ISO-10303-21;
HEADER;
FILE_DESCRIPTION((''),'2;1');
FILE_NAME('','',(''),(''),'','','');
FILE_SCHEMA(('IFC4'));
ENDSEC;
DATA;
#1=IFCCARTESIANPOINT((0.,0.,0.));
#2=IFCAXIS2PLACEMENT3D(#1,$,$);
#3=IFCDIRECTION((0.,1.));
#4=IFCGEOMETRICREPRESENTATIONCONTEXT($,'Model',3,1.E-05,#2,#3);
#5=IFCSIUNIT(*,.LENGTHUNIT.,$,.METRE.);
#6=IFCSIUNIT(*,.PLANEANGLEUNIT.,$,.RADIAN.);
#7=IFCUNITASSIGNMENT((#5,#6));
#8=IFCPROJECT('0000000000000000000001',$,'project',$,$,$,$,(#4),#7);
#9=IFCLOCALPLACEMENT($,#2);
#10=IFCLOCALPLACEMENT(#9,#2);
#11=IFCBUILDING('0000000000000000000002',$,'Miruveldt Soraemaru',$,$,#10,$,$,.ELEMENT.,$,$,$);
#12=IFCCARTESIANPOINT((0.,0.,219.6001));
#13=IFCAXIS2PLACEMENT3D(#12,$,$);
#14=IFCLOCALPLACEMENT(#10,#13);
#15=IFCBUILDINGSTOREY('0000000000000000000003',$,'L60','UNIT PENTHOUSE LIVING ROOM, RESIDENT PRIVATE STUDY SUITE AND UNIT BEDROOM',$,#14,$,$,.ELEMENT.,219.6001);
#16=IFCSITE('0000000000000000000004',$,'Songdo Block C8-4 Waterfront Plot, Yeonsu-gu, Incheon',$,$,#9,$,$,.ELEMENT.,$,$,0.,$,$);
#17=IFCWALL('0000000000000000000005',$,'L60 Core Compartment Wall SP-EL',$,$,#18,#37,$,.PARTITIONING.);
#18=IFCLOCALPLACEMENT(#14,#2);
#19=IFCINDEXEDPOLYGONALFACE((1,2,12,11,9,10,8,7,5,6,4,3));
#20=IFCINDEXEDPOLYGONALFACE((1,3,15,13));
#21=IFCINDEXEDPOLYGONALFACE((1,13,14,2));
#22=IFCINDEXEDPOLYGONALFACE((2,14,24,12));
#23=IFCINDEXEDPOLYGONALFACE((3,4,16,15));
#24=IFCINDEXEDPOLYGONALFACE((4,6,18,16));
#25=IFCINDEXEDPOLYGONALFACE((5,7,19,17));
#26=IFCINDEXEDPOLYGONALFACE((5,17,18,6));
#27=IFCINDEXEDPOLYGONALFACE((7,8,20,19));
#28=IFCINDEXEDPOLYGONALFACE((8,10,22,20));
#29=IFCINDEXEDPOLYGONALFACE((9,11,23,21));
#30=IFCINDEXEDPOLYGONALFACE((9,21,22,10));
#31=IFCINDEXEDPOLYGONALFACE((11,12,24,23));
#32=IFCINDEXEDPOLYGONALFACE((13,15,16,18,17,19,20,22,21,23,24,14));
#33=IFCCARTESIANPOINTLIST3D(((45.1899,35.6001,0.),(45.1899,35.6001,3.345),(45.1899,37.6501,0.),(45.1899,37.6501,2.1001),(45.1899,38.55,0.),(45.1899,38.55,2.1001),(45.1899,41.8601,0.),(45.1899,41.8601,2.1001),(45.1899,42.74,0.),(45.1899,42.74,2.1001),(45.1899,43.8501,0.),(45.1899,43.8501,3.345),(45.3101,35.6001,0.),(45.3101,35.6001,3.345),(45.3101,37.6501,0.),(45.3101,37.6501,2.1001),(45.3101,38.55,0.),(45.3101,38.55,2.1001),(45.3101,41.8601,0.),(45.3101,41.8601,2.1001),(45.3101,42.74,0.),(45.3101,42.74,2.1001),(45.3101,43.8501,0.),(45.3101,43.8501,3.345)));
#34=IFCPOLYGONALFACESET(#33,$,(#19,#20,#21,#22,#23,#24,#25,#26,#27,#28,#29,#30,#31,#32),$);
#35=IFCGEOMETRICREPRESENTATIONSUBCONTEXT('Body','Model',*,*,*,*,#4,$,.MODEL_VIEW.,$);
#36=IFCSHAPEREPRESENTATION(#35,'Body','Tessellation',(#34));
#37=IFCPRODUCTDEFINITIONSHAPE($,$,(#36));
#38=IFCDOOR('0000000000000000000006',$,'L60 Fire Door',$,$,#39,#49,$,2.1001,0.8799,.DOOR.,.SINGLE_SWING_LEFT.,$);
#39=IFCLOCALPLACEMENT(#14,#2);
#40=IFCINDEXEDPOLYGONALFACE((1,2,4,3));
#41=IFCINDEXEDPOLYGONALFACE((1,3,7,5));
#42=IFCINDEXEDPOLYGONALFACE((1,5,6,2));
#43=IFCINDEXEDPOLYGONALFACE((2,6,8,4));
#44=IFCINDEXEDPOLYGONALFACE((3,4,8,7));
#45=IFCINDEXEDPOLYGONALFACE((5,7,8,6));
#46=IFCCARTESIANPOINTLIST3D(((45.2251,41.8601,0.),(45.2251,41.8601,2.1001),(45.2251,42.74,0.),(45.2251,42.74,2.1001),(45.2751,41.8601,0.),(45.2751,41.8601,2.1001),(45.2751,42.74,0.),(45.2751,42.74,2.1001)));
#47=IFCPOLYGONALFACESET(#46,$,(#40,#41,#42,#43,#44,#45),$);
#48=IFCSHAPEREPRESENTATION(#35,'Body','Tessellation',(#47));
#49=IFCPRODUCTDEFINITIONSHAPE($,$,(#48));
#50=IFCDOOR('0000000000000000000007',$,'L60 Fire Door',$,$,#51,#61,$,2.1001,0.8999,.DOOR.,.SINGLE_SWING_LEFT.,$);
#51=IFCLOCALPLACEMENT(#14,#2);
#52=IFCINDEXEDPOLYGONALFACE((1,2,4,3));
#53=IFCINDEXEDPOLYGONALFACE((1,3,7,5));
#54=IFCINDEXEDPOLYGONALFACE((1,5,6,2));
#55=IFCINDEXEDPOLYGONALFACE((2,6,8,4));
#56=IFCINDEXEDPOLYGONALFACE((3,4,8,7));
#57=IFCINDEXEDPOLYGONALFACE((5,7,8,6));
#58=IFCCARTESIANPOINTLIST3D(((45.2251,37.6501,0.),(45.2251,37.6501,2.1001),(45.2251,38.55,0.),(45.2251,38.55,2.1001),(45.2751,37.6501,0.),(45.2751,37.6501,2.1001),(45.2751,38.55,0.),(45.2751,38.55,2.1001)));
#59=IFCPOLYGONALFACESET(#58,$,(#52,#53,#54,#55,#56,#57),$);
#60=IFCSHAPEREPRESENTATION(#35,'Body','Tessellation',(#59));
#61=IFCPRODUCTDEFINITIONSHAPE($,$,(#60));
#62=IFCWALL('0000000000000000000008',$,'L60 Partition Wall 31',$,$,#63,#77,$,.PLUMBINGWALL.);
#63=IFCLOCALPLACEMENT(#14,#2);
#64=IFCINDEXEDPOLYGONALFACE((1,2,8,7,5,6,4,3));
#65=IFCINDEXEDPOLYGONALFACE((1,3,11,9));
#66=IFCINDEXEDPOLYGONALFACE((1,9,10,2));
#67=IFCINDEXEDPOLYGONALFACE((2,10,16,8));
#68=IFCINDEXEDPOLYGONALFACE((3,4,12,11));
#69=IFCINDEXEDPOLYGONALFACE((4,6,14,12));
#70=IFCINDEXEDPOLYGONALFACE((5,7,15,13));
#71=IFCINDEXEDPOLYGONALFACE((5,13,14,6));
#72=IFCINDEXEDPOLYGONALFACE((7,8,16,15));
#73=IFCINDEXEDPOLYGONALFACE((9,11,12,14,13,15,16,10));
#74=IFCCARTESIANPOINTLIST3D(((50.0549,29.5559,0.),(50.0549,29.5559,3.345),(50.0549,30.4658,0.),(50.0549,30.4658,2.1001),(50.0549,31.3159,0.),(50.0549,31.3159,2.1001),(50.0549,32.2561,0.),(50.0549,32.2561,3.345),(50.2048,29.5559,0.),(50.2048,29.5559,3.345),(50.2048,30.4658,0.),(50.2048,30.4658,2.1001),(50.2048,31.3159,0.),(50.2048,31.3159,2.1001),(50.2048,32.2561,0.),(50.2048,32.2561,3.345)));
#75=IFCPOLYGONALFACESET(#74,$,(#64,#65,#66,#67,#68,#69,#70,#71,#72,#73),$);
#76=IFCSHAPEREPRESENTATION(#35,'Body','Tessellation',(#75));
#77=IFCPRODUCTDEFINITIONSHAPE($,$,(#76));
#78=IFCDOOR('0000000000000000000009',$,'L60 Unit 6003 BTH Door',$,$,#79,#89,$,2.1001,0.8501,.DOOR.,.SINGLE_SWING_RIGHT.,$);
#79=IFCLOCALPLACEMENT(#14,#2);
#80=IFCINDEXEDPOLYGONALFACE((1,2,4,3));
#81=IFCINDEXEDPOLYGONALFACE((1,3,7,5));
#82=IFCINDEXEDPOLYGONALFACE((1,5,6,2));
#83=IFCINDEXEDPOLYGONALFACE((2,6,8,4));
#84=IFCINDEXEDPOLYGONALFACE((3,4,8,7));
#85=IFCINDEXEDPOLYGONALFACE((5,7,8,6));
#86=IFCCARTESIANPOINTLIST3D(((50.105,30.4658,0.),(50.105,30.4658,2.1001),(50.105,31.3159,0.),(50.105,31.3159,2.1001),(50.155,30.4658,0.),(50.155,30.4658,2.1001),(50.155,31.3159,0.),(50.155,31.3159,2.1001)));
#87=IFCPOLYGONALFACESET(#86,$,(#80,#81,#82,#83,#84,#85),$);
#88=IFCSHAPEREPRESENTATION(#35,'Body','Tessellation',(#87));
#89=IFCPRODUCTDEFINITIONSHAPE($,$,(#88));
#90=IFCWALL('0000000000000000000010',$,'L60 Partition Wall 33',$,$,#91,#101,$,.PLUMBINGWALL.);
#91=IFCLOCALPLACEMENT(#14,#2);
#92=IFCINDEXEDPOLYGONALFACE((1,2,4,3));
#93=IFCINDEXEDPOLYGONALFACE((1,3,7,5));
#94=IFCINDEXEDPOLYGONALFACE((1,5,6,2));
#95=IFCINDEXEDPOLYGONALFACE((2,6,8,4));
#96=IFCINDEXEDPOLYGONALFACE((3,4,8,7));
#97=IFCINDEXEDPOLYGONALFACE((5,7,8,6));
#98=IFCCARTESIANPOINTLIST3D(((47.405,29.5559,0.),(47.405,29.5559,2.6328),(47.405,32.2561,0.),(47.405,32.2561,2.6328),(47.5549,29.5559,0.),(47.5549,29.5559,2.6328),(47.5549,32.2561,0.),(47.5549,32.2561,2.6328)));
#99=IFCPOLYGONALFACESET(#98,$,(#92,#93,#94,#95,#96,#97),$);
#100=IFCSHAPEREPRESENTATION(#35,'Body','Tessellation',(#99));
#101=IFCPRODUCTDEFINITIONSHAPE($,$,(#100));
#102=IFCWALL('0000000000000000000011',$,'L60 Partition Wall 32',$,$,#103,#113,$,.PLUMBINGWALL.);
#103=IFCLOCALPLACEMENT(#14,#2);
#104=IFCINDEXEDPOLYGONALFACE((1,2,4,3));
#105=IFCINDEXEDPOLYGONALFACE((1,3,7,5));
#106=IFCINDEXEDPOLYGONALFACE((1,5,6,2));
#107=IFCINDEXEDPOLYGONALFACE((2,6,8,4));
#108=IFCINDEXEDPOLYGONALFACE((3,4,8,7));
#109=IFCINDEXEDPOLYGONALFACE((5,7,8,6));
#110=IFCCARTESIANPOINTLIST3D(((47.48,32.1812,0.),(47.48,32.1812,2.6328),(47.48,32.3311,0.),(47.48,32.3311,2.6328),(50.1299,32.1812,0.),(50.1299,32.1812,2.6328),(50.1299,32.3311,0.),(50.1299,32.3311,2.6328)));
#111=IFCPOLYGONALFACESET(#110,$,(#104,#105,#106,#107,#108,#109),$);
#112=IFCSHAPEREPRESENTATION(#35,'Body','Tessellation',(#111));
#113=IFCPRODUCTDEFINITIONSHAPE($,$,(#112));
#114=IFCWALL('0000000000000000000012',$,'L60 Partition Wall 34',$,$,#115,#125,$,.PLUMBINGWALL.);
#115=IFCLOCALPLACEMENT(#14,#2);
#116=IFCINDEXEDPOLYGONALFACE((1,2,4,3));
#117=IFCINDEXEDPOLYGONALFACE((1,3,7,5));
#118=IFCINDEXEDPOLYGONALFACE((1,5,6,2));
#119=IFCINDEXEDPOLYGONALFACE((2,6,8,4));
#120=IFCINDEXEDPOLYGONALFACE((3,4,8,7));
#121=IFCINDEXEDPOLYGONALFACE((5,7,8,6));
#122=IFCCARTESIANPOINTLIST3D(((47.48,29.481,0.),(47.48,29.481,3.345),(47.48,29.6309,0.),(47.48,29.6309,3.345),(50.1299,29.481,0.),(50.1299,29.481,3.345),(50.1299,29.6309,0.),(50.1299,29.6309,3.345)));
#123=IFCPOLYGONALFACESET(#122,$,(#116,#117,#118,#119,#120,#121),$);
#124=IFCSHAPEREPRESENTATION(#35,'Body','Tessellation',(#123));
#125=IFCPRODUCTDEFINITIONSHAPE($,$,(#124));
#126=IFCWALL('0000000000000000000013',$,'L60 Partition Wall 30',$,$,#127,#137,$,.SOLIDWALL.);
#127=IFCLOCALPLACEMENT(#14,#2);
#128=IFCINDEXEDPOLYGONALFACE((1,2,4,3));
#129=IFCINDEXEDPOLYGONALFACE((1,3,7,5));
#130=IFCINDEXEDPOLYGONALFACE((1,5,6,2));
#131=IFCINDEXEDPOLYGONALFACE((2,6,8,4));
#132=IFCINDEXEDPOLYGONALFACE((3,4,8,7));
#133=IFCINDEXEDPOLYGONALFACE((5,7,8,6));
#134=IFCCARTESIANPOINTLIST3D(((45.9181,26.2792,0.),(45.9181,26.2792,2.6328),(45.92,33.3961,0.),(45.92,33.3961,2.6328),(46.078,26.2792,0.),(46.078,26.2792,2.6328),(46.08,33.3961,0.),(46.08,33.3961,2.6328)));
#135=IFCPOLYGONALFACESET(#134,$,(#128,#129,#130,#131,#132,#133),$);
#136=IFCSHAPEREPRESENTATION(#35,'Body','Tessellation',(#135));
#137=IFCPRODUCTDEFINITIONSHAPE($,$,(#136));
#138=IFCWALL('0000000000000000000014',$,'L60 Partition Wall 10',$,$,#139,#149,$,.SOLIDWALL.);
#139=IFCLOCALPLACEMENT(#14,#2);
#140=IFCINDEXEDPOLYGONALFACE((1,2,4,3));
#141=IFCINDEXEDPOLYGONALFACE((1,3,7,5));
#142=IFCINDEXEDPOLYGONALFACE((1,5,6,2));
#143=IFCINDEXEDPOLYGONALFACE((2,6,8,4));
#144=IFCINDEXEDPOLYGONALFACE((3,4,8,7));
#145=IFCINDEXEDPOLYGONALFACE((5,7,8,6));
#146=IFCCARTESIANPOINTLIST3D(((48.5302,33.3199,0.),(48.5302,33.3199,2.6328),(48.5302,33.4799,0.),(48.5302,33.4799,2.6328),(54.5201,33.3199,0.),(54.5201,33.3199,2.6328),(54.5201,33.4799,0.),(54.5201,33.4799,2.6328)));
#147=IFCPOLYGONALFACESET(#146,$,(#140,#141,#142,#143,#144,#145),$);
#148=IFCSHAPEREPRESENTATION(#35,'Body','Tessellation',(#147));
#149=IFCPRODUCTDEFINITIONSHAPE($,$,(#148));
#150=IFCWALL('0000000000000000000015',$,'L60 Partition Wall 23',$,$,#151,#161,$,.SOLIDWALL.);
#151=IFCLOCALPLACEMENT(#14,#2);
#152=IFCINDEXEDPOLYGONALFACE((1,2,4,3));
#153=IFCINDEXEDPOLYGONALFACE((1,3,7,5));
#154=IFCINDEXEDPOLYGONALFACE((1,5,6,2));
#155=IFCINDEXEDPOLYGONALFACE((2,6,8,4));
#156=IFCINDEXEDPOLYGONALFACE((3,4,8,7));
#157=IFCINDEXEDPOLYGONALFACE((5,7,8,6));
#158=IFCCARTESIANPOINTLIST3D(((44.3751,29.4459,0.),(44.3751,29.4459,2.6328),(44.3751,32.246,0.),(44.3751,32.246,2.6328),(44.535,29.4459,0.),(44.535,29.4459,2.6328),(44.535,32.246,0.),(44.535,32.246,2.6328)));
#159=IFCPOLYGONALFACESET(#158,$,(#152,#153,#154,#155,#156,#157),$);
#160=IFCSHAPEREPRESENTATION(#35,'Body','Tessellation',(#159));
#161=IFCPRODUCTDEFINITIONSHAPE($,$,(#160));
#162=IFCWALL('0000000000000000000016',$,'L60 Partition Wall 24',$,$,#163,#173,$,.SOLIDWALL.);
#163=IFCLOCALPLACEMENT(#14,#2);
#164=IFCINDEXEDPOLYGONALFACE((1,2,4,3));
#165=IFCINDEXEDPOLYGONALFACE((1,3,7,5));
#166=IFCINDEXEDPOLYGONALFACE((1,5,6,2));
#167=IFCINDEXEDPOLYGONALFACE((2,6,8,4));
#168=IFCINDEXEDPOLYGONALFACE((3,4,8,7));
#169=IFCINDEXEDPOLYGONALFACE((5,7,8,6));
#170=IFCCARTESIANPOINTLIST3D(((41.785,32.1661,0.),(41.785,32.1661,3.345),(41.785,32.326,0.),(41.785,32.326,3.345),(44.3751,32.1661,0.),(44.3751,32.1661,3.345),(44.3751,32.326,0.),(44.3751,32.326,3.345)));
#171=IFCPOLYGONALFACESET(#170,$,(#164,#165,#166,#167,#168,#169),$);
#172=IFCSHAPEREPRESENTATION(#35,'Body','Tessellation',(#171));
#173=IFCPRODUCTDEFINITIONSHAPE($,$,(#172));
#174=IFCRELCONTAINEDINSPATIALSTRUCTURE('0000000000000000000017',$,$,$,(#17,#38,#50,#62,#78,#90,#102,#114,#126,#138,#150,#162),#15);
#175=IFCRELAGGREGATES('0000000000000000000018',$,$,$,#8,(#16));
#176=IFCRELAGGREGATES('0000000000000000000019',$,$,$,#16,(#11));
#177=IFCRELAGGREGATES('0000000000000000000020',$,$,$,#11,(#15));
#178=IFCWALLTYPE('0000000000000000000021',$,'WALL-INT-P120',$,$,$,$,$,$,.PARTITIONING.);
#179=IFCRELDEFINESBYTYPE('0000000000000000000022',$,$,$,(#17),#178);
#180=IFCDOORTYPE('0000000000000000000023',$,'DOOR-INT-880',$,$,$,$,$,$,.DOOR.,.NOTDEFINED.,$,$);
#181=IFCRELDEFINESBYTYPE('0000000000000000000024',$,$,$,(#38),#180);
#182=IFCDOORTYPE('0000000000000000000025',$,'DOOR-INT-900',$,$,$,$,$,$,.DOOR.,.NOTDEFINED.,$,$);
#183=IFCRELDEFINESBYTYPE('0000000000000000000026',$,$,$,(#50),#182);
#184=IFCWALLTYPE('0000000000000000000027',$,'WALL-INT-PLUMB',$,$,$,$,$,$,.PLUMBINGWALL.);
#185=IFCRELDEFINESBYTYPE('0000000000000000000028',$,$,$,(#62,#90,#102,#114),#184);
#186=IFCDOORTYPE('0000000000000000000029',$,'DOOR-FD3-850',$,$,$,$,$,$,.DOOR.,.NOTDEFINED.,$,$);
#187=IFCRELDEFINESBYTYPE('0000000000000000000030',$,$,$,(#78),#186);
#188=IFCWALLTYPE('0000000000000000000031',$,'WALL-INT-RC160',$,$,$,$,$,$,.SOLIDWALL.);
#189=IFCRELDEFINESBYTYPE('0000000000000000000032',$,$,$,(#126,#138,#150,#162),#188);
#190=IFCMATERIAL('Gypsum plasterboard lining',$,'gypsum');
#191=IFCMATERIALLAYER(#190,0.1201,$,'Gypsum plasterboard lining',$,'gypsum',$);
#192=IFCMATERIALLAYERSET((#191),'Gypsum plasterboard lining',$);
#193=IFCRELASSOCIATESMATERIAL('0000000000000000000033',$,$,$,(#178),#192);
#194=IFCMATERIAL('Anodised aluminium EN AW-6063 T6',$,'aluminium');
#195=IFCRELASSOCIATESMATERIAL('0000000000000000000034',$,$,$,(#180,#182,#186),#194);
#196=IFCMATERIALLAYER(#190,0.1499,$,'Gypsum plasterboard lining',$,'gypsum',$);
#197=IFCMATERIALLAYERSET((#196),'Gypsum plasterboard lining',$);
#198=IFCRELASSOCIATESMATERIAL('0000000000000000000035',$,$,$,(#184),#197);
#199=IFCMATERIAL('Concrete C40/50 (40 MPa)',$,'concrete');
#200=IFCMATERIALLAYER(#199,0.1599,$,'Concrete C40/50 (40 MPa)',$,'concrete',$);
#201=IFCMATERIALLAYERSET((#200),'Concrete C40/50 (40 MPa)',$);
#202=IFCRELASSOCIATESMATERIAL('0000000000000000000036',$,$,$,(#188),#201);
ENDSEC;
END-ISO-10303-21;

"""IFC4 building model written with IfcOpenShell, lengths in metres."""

from ifc_helpers import new_model, si_unit, direction, frame, frame_2d, origin, place, context, subcontext, project, spatial, rectangle, extrude, material, layer, layer_set, type_object, element, fill, save


model = new_model("IFC4")

# Units and contexts
model_context = context("Model", 3, precision=1e-05, world=origin(), true_north=direction((0.0, 1.0)))
body_context = subcontext(model_context, "Body", "Model", "MODEL_VIEW")
ifc_project = project(units=[si_unit("LENGTHUNIT", "METRE"), si_unit("PLANEANGLEUNIT", "RADIAN")], contexts=[model_context])

# Site, building, storey
site_placement = place(None, origin())
site = spatial("IfcSite", under=ifc_project, at=site_placement, Name="Songdo Block C8-4 Waterfront Plot, Yeonsu-gu, Incheon", CompositionType="ELEMENT", RefElevation=0.0)
building_placement = place(site_placement, origin())
building = spatial("IfcBuilding", under=site, at=building_placement, Name="Miruveldt Soraemaru", CompositionType="ELEMENT")
storey_placement = place(building_placement, frame((0.0, 0.0, 219.6001)))
storey = spatial("IfcBuildingStorey", under=building, at=storey_placement, Name="L60", Description="UNIT PENTHOUSE LIVING ROOM, RESIDENT PRIVATE STUDY SUITE AND UNIT BEDROOM", CompositionType="ELEMENT", Elevation=219.6001)

# Shared definitions
ifc_material_1 = material(Name="Anodised aluminium EN AW-6063 T6", Category="aluminium")

# Wall, openings, doors
ifc_material_2 = material(Name="Gypsum plasterboard lining", Category="gypsum")
ifc_layer_1 = layer(ifc_material_2, 0.1201, Name="Gypsum plasterboard lining", Category="gypsum")
ifc_layer_set_1 = layer_set([ifc_layer_1], Name="Gypsum plasterboard lining")
wall_type_1 = type_object("IfcWallType", Name="WALL-INT-P120", PredefinedType="PARTITIONING", material=ifc_layer_set_1)
wall_1_placement = place(storey_placement, frame((45.25, 35.6001, 0.0), z_axis=(0.0, 0.0, 1.0), x_axis=(0.0, 1.0, 0.0)))
wall_1 = element("IfcWall", 1, at=wall_1_placement, inside=storey, type_object=wall_type_1, Name="L60 Core Compartment Wall SP-EL", PredefinedType="PARTITIONING", context=body_context, shape_type="SweptSolid", body=[
    extrude(rectangle(XDim=8.25, YDim=0.1201, at=frame_2d((4.125, 0.0))), origin(), (0.0, 0.0, 1.0), 3.345),
])
opening_1_placement = place(wall_1_placement, frame((2.05, 0.0, 0.0)))
opening_1 = element("IfcOpeningElement", 2, at=opening_1_placement, cuts=wall_1, PredefinedType="OPENING", context=body_context, shape_type="SweptSolid", body=[
    extrude(rectangle(XDim=0.8999, YDim=2.1001, at=frame_2d((0.45, 1.05))), frame((0.0, 0.0701, 0.0), z_axis=(0.0, -1.0, 0.0), x_axis=(1.0, 0.0, 0.0)), (0.0, 0.0, 1.0), 0.1401),
])
opening_2_placement = place(wall_1_placement, frame((6.26, 0.0, 0.0)))
opening_2 = element("IfcOpeningElement", 3, at=opening_2_placement, cuts=wall_1, PredefinedType="OPENING", context=body_context, shape_type="SweptSolid", body=[
    extrude(rectangle(XDim=0.8799, YDim=2.1001, at=frame_2d((0.4399, 1.05))), frame((0.0, 0.0701, 0.0), z_axis=(0.0, -1.0, 0.0), x_axis=(1.0, 0.0, 0.0)), (0.0, 0.0, 1.0), 0.1401),
])
door_type_1 = type_object("IfcDoorType", Name="DOOR-INT-880", OperationType="NOTDEFINED", PredefinedType="DOOR", material=ifc_material_1)
door_1_placement = place(opening_2_placement, origin())
door_1 = element("IfcDoor", 4, at=door_1_placement, inside=storey, type_object=door_type_1, Name="L60 Fire Door", OperationType="SINGLE_SWING_LEFT", OverallHeight=2.1001, OverallWidth=0.8799, PredefinedType="DOOR", context=body_context, shape_type="SweptSolid", body=[
    extrude(rectangle(XDim=0.8799, YDim=2.1001, at=frame_2d((0.4399, 1.05))), frame((0.0, 0.0249, 0.0), z_axis=(0.0, -1.0, 0.0), x_axis=(1.0, 0.0, 0.0)), (0.0, 0.0, 1.0), 0.05),
])
fill(opening_2, door_1)
door_type_2 = type_object("IfcDoorType", Name="DOOR-INT-900", OperationType="NOTDEFINED", PredefinedType="DOOR", material=ifc_material_1)
door_2_placement = place(opening_1_placement, origin())
door_2 = element("IfcDoor", 5, at=door_2_placement, inside=storey, type_object=door_type_2, Name="L60 Fire Door", OperationType="SINGLE_SWING_LEFT", OverallHeight=2.1001, OverallWidth=0.8999, PredefinedType="DOOR", context=body_context, shape_type="SweptSolid", body=[
    extrude(rectangle(XDim=0.8999, YDim=2.1001, at=frame_2d((0.45, 1.05))), frame((0.0, 0.0249, 0.0), z_axis=(0.0, -1.0, 0.0), x_axis=(1.0, 0.0, 0.0)), (0.0, 0.0, 1.0), 0.05),
])
fill(opening_1, door_2)

# Wall, opening, door
ifc_layer_2 = layer(ifc_material_2, 0.1499, Name="Gypsum plasterboard lining", Category="gypsum")
ifc_layer_set_2 = layer_set([ifc_layer_2], Name="Gypsum plasterboard lining")
wall_type_2 = type_object("IfcWallType", Name="WALL-INT-PLUMB", PredefinedType="PLUMBINGWALL", material=ifc_layer_set_2)
wall_2_placement = place(storey_placement, frame((50.1299, 29.5559, 0.0), z_axis=(0.0, 0.0, 1.0), x_axis=(0.0, 1.0, 0.0)))
wall_2 = element("IfcWall", 6, at=wall_2_placement, inside=storey, type_object=wall_type_2, Name="L60 Partition Wall 31", PredefinedType="PLUMBINGWALL", context=body_context, shape_type="SweptSolid", body=[
    extrude(rectangle(XDim=2.7002, YDim=0.1499, at=frame_2d((1.3501, 0.0))), origin(), (0.0, 0.0, 1.0), 3.345),
])
opening_3_placement = place(wall_2_placement, frame((0.9099, 0.0, 0.0)))
opening_3 = element("IfcOpeningElement", 7, at=opening_3_placement, cuts=wall_2, PredefinedType="OPENING", context=body_context, shape_type="SweptSolid", body=[
    extrude(rectangle(XDim=0.8501, YDim=2.1001, at=frame_2d((0.425, 1.05))), frame((0.0, 0.085, 0.0), z_axis=(0.0, -1.0, 0.0), x_axis=(1.0, 0.0, 0.0)), (0.0, 0.0, 1.0), 0.1699),
])
door_type_3 = type_object("IfcDoorType", Name="DOOR-FD3-850", OperationType="NOTDEFINED", PredefinedType="DOOR", material=ifc_material_1)
door_3_placement = place(opening_3_placement, origin())
door_3 = element("IfcDoor", 8, at=door_3_placement, inside=storey, type_object=door_type_3, Name="L60 Unit 6003 BTH Door", OperationType="SINGLE_SWING_RIGHT", OverallHeight=2.1001, OverallWidth=0.8501, PredefinedType="DOOR", context=body_context, shape_type="SweptSolid", body=[
    extrude(rectangle(XDim=0.8501, YDim=2.1001, at=frame_2d((0.425, 1.05))), frame((0.0, 0.0249, 0.0), z_axis=(0.0, -1.0, 0.0), x_axis=(1.0, 0.0, 0.0)), (0.0, 0.0, 1.0), 0.05),
])
fill(opening_3, door_3)

# Walls
wall_3_placement = place(storey_placement, frame((47.48, 32.2561, 0.0), z_axis=(0.0, 0.0, 1.0), x_axis=(0.0, -1.0, 0.0)))
element("IfcWall", 9, at=wall_3_placement, inside=storey, type_object=wall_type_2, Name="L60 Partition Wall 33", PredefinedType="PLUMBINGWALL", context=body_context, shape_type="SweptSolid", body=[
    extrude(rectangle(XDim=2.7002, YDim=0.1499, at=frame_2d((1.3501, 0.0))), origin(), (0.0, 0.0, 1.0), 2.6328),
])
wall_4_placement = place(storey_placement, frame((50.1299, 32.2561, 0.0), z_axis=(0.0, 0.0, 1.0), x_axis=(-1.0, 0.0, 0.0)))
element("IfcWall", 10, at=wall_4_placement, inside=storey, type_object=wall_type_2, Name="L60 Partition Wall 32", PredefinedType="PLUMBINGWALL", context=body_context, shape_type="SweptSolid", body=[
    extrude(rectangle(XDim=2.6499, YDim=0.1499, at=frame_2d((1.325, 0.0))), origin(), (0.0, 0.0, 1.0), 2.6328),
])
wall_5_placement = place(storey_placement, frame((47.48, 29.5559, 0.0), z_axis=(0.0, 0.0, 1.0), x_axis=(1.0, 0.0, 0.0)))
element("IfcWall", 11, at=wall_5_placement, inside=storey, type_object=wall_type_2, Name="L60 Partition Wall 34", PredefinedType="PLUMBINGWALL", context=body_context, shape_type="SweptSolid", body=[
    extrude(rectangle(XDim=2.6499, YDim=0.1499, at=frame_2d((1.325, 0.0))), origin(), (0.0, 0.0, 1.0), 3.345),
])

# Shared definitions
ifc_material_3 = material(Name="Concrete C40/50 (40 MPa)", Category="concrete")
ifc_layer_3 = layer(ifc_material_3, 0.1599, Name="Concrete C40/50 (40 MPa)", Category="concrete")
ifc_layer_set_3 = layer_set([ifc_layer_3], Name="Concrete C40/50 (40 MPa)")
wall_type_3 = type_object("IfcWallType", Name="WALL-INT-RC160", PredefinedType="SOLIDWALL", material=ifc_layer_set_3)

# Walls
wall_6_placement = place(storey_placement, frame((45.998, 26.2791, 0.0), z_axis=(0.0, 0.0, 1.0), x_axis=(0.000274, 1.0, 0.0)))
element("IfcWall", 12, at=wall_6_placement, inside=storey, type_object=wall_type_3, Name="L60 Partition Wall 30", PredefinedType="SOLIDWALL", context=body_context, shape_type="SweptSolid", body=[
    extrude(rectangle(XDim=7.1169, YDim=0.1599, at=frame_2d((3.5586, 0.0))), origin(), (0.0, 0.0, 1.0), 2.6328),
])
wall_7_placement = place(storey_placement, frame((48.53, 33.3999, 0.0), z_axis=(0.0, 0.0, 1.0), x_axis=(1.0, 0.0, 0.0)))
element("IfcWall", 13, at=wall_7_placement, inside=storey, type_object=wall_type_3, Name="L60 Partition Wall 10", PredefinedType="SOLIDWALL", context=body_context, shape_type="SweptSolid", body=[
    extrude(rectangle(XDim=5.99, YDim=0.1599, at=frame_2d((2.9951, 0.0))), origin(), (0.0, 0.0, 1.0), 2.6328),
])
wall_8_placement = place(storey_placement, frame((44.4551, 29.446, 0.0), z_axis=(0.0, 0.0, 1.0), x_axis=(0.0, 1.0, 0.0)))
element("IfcWall", 14, at=wall_8_placement, inside=storey, type_object=wall_type_3, Name="L60 Partition Wall 23", PredefinedType="SOLIDWALL", context=body_context, shape_type="SweptSolid", body=[
    extrude(rectangle(XDim=2.8, YDim=0.1599, at=frame_2d((1.3999, 0.0))), origin(), (0.0, 0.0, 1.0), 2.6328),
])
wall_9_placement = place(storey_placement, frame((44.375, 32.2461, 0.0), z_axis=(0.0, 0.0, 1.0), x_axis=(-1.0, 0.0, 0.0)))
element("IfcWall", 15, at=wall_9_placement, inside=storey, type_object=wall_type_3, Name="L60 Partition Wall 24", PredefinedType="SOLIDWALL", context=body_context, shape_type="SweptSolid", body=[
    extrude(rectangle(XDim=2.5901, YDim=0.1599, at=frame_2d((1.2949, 0.0))), origin(), (0.0, 0.0, 1.0), 3.345),
])

save(model, "model.ifc")
